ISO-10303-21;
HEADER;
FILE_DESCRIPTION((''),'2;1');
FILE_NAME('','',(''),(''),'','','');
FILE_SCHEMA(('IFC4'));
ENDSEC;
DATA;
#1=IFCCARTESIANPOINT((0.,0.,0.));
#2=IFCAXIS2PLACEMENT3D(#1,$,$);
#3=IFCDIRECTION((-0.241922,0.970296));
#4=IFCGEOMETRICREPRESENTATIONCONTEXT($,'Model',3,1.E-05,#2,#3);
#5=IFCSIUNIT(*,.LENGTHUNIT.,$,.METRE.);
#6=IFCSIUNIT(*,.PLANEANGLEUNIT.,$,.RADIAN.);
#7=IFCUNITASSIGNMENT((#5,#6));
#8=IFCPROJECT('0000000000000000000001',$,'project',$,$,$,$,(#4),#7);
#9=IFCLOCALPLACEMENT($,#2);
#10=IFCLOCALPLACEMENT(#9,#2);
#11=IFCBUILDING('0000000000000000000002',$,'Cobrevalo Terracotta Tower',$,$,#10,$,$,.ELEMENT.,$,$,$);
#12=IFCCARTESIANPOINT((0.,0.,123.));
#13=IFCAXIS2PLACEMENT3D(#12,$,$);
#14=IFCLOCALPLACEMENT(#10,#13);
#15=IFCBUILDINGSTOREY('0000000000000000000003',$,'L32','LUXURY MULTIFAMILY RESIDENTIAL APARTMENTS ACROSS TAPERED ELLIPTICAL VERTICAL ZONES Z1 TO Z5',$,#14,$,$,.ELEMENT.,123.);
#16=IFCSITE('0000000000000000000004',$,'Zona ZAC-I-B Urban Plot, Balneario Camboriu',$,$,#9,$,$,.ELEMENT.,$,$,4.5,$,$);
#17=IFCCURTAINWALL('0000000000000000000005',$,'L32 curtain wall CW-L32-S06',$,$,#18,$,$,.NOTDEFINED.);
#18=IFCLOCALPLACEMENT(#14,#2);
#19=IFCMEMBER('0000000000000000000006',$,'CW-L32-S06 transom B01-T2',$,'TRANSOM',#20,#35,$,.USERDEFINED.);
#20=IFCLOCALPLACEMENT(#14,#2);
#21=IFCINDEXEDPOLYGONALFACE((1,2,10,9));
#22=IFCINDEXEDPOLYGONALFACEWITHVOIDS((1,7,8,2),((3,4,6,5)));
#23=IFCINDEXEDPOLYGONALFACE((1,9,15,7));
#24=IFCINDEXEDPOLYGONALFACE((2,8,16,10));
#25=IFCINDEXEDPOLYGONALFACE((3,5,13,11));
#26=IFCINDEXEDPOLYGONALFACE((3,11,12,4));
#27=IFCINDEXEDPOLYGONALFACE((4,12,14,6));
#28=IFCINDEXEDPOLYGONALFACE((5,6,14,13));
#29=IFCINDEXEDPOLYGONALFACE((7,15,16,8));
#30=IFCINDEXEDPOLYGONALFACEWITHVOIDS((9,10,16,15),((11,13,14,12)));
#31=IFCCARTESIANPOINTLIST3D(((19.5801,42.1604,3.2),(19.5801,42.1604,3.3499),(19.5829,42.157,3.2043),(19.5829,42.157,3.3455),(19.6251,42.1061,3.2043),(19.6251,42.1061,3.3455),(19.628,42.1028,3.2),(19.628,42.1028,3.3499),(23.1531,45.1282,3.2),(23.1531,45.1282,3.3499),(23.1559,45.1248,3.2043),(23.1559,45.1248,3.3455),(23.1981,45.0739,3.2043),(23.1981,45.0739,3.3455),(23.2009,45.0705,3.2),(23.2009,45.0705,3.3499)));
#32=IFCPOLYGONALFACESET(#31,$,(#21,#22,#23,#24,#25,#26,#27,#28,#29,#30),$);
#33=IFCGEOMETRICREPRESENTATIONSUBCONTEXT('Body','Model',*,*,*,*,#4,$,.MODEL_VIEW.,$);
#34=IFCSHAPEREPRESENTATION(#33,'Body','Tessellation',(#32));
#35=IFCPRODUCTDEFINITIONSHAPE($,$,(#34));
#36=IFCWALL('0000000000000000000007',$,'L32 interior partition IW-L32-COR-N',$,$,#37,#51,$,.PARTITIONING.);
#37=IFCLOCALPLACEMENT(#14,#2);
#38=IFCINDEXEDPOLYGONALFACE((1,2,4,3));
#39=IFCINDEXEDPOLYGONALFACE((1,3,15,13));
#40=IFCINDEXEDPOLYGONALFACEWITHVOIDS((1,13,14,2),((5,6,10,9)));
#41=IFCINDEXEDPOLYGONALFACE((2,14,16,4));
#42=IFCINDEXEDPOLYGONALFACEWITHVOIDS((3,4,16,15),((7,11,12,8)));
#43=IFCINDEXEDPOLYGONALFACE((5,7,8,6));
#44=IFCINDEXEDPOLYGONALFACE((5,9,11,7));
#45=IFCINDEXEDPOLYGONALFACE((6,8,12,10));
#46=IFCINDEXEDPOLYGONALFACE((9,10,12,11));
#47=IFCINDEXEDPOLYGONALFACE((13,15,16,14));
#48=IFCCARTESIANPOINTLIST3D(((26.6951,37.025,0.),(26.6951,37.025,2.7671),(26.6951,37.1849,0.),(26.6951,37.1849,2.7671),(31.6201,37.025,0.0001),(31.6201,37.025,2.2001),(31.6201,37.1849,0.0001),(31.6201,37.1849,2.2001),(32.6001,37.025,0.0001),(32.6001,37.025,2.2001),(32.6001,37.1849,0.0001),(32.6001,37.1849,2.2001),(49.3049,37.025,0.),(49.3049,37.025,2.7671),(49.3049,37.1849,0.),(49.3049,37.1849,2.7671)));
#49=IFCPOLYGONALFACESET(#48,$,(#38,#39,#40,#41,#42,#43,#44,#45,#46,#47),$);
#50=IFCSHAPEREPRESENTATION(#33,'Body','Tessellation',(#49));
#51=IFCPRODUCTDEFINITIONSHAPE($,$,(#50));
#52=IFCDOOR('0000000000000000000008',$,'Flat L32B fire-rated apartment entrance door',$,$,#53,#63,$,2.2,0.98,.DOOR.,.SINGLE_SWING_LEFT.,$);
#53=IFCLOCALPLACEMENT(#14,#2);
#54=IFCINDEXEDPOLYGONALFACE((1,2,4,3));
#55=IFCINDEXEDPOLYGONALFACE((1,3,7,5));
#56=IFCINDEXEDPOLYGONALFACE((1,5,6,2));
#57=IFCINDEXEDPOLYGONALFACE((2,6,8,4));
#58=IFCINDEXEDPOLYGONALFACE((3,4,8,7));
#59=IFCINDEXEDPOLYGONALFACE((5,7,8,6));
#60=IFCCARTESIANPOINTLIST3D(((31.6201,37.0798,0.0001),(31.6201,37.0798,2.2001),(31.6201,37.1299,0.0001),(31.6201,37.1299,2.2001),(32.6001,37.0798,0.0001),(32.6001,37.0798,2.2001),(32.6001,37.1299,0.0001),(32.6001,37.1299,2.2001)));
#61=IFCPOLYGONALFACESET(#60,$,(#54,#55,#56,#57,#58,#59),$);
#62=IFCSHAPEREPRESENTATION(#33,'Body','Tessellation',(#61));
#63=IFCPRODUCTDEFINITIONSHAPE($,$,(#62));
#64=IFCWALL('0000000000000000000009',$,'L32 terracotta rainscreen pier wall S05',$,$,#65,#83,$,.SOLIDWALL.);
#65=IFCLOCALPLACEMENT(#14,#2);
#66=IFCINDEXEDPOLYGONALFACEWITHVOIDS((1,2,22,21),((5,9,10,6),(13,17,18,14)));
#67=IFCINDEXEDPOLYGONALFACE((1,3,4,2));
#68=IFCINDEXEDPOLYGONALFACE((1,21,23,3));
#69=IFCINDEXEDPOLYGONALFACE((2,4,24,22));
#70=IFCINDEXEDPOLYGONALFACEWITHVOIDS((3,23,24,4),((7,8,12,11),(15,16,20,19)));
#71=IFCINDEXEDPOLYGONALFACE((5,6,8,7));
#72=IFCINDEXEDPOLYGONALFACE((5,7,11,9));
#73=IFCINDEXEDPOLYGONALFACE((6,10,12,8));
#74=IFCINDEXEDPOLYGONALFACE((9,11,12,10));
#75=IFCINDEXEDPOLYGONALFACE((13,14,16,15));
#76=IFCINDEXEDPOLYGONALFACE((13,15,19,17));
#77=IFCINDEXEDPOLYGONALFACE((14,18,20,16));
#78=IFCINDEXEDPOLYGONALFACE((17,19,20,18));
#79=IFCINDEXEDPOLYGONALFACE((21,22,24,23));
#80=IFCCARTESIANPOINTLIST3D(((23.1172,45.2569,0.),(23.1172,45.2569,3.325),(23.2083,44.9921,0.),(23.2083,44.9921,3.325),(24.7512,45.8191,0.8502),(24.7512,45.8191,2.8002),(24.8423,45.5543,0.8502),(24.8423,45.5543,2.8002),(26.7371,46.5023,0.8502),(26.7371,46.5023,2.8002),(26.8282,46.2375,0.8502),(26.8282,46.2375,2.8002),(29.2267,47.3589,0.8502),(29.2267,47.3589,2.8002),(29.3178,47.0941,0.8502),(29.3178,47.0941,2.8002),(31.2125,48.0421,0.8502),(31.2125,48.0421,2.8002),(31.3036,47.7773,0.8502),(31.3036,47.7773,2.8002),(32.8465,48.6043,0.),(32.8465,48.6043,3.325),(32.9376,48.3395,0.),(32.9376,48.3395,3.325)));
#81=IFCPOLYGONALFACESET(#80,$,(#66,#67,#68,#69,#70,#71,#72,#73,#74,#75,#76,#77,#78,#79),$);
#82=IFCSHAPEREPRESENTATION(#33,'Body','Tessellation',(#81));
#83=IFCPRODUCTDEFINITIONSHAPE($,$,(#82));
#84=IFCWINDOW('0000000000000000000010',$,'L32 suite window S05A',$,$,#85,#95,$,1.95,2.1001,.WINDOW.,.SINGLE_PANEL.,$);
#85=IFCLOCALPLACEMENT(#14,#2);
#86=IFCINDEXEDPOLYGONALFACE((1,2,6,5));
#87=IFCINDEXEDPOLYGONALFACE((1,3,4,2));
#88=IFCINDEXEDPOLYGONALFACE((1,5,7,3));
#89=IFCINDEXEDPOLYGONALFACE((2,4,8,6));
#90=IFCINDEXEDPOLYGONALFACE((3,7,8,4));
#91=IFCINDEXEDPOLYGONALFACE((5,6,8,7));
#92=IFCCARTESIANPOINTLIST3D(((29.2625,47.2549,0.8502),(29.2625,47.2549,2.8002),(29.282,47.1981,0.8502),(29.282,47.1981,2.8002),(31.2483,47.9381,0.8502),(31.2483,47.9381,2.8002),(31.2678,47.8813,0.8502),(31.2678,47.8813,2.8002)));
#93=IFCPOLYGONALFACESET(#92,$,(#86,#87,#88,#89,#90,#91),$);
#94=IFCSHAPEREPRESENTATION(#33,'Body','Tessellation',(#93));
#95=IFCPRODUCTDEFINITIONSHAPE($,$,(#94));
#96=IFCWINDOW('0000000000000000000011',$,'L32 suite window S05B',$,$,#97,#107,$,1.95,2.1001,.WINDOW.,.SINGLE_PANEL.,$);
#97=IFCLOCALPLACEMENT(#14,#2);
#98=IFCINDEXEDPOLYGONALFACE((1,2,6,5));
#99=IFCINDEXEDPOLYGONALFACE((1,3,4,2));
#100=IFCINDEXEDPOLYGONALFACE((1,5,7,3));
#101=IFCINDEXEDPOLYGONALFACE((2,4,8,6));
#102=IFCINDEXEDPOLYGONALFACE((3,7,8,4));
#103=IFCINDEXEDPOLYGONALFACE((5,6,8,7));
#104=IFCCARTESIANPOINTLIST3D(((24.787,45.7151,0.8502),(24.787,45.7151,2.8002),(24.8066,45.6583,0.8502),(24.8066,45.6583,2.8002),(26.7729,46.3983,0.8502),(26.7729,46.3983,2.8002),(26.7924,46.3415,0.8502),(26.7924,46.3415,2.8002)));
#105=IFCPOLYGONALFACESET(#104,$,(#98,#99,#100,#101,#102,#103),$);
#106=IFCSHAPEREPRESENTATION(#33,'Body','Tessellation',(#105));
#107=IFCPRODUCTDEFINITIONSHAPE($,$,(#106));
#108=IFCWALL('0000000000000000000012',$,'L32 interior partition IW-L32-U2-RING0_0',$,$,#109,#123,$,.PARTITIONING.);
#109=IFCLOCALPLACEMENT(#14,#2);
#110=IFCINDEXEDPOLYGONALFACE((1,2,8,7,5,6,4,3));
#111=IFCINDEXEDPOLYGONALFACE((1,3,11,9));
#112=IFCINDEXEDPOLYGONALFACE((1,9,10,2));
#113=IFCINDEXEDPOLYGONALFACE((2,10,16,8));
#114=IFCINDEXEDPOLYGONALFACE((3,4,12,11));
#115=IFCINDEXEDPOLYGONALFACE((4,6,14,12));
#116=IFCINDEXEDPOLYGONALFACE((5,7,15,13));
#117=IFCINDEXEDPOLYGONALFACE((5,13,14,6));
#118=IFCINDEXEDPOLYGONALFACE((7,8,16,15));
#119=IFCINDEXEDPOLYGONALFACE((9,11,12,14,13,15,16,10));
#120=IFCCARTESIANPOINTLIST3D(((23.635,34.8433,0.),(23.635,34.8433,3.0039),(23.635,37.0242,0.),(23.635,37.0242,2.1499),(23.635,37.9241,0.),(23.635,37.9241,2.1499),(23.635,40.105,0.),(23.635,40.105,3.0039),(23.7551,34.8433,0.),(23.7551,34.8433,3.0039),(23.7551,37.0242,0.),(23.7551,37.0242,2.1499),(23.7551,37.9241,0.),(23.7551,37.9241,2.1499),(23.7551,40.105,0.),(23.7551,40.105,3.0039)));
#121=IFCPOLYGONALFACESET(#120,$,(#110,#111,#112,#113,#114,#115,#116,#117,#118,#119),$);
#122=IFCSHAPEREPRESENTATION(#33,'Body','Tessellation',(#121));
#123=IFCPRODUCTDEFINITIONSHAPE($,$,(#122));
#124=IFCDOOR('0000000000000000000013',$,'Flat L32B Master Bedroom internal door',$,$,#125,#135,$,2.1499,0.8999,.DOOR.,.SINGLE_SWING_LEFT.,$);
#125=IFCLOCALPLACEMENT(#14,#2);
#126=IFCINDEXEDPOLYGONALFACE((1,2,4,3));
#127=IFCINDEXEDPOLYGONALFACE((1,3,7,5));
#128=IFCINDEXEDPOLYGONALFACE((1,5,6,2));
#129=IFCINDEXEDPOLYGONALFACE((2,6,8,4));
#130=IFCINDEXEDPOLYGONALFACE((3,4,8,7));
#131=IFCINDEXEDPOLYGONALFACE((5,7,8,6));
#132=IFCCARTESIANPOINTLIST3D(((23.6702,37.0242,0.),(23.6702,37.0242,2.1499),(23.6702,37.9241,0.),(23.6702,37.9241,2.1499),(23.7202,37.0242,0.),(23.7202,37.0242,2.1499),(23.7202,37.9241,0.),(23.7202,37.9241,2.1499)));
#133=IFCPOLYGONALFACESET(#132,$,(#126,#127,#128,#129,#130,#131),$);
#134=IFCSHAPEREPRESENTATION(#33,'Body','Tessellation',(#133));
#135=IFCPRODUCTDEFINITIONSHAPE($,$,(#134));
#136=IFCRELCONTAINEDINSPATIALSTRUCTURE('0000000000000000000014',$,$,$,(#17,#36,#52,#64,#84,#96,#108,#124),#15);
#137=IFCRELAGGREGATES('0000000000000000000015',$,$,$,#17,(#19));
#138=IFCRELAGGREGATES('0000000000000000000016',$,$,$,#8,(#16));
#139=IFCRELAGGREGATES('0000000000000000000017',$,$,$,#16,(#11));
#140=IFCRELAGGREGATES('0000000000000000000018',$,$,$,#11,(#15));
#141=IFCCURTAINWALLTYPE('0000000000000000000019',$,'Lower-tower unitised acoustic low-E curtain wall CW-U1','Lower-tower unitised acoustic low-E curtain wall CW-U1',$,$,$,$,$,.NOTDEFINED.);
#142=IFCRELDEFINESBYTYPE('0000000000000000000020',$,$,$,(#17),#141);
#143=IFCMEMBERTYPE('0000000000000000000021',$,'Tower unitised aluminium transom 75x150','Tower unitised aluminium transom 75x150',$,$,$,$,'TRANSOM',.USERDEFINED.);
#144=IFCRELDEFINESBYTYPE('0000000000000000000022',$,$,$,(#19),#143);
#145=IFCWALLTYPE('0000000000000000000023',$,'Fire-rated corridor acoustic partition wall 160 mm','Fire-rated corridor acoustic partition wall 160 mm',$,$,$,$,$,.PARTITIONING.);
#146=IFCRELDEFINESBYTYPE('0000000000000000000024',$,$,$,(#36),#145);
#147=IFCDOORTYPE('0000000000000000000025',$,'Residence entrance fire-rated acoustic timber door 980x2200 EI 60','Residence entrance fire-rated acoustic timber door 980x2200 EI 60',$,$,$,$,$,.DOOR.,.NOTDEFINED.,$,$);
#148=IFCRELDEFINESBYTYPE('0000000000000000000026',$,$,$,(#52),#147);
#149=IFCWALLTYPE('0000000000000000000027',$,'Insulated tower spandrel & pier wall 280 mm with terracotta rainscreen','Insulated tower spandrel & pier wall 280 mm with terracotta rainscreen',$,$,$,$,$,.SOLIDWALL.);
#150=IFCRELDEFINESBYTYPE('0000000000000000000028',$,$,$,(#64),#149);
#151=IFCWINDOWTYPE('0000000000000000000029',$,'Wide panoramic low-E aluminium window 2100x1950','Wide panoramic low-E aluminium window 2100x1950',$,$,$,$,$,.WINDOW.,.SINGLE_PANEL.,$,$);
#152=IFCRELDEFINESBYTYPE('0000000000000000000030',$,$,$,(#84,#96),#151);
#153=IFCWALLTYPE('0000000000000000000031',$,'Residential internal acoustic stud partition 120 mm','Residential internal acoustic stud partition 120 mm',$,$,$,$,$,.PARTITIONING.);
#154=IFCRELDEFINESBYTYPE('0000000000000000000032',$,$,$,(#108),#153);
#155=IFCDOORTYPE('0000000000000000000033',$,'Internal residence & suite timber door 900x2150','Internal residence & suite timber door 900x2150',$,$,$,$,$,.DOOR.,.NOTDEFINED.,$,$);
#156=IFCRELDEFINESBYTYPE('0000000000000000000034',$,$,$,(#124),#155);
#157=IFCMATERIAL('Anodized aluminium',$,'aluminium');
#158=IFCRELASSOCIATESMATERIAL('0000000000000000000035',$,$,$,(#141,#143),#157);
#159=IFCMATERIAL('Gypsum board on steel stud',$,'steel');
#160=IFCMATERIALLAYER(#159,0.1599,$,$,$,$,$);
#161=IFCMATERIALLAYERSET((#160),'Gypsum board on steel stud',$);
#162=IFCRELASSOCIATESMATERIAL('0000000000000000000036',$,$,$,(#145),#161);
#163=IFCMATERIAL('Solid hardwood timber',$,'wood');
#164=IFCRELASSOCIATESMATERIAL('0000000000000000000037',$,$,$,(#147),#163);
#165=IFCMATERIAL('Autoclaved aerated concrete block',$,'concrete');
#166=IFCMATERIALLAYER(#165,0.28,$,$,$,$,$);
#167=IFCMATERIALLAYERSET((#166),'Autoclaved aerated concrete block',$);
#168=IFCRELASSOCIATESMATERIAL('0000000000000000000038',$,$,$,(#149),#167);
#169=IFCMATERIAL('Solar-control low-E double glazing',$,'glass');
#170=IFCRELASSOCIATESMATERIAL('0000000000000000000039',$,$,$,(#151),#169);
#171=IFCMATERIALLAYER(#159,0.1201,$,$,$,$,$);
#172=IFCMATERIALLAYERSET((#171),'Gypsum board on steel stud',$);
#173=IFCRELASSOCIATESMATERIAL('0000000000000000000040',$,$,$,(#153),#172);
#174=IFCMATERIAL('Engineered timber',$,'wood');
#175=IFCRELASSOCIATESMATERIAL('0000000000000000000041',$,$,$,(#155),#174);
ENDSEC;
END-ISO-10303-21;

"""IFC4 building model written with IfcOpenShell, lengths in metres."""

from ifc_helpers import new_model, si_unit, direction, frame, frame_2d, origin, origin_2d, place, context, subcontext, project, spatial, rectangle, hollow_rectangle, extrude, source, transform, mapped, material, layer, layer_set, material_profile, profile_set, type_object, element, fill, aggregate, save


model = new_model("IFC4")

# Units and contexts
model_context = context("Model", 3, precision=1e-05, world=origin(), true_north=direction((-0.241922, 0.970296)))
body_context = subcontext(model_context, "Body", "Model", "MODEL_VIEW")
ifc_project = project(units=[si_unit("LENGTHUNIT", "METRE"), si_unit("PLANEANGLEUNIT", "RADIAN")], contexts=[model_context])

# Site, building, storey
site_placement = place(None, origin())
site = spatial("IfcSite", under=ifc_project, at=site_placement, Name="Zona ZAC-I-B Urban Plot, Balneario Camboriu", CompositionType="ELEMENT", RefElevation=4.5)
building_placement = place(site_placement, origin())
building = spatial("IfcBuilding", under=site, at=building_placement, Name="Cobrevalo Terracotta Tower", CompositionType="ELEMENT")
storey_placement = place(building_placement, frame((0.0, 0.0, 123.0)))
storey = spatial("IfcBuildingStorey", under=building, at=storey_placement, Name="L32", Description="LUXURY MULTIFAMILY RESIDENTIAL APARTMENTS ACROSS TAPERED ELLIPTICAL VERTICAL ZONES Z1 TO Z5", CompositionType="ELEMENT", Elevation=123.0)

# Shared definitions
ifc_material_1 = material(Name="Anodized aluminium", Category="aluminium")
curtain_wall_type = type_object("IfcCurtainWallType", Name="Lower-tower unitised acoustic low-E curtain wall CW-U1", Description="Lower-tower unitised acoustic low-E curtain wall CW-U1", PredefinedType="NOTDEFINED", material=ifc_material_1)

# Curtain wall, member
curtain_wall_1_placement = place(storey_placement, origin())
curtain_wall_1 = element("IfcCurtainWall", 1, at=curtain_wall_1_placement, inside=storey, type_object=curtain_wall_type, Name="L32 curtain wall CW-L32-S06", PredefinedType="NOTDEFINED")
ifc_material_profile_1 = material_profile(ifc_material_1, hollow_rectangle(XDim=0.075, YDim=0.1499, WallThickness=0.0044, at=origin_2d()), Name="CWT 75x150")
ifc_profile_set_1 = profile_set([ifc_material_profile_1], Name="Anodized aluminium")
member_type_1 = type_object("IfcMemberType", Name="Tower unitised aluminium transom 75x150", Description="Tower unitised aluminium transom 75x150", ElementType="TRANSOM", PredefinedType="USERDEFINED", material=ifc_profile_set_1)
shared_shape_1 = source(origin(), body_context, "Body", "SweptSolid", [
    extrude(hollow_rectangle(XDim=0.075, YDim=0.1499, WallThickness=0.0044, at=origin_2d()), origin(), (0.0, 0.0, 1.0), 4.6448),
])
member_1_placement = place(storey_placement, frame((23.177, 45.0994, 3.2749), z_axis=(-0.76925, -0.638948, 0.0), x_axis=(0.638948, -0.76925, 0.0)))
member_1 = element("IfcMember", 2, at=member_1_placement, type_object=member_type_1, Name="CW-L32-S06 transom B01-T2", ObjectType="TRANSOM", PredefinedType="USERDEFINED", context=body_context, shape_type="MappedRepresentation", body=[
    mapped(shared_shape_1, transform((0.0, 0.0, 0.0), scale=1.0)),
])
aggregate(curtain_wall_1, [member_1])

# Wall, opening, door
ifc_material_2 = material(Name="Gypsum board on steel stud", Category="steel")
ifc_layer_1 = layer(ifc_material_2, 0.1599)
ifc_layer_set_1 = layer_set([ifc_layer_1], Name="Gypsum board on steel stud")
wall_type_1 = type_object("IfcWallType", Name="Fire-rated corridor acoustic partition wall 160 mm", Description="Fire-rated corridor acoustic partition wall 160 mm", PredefinedType="PARTITIONING", material=ifc_layer_set_1)
wall_1_placement = place(storey_placement, frame((26.6951, 37.105, 0.0), z_axis=(0.0, 0.0, 1.0), x_axis=(1.0, 0.0, 0.0)))
wall_1 = element("IfcWall", 3, at=wall_1_placement, inside=storey, type_object=wall_type_1, Name="L32 interior partition IW-L32-COR-N", PredefinedType="PARTITIONING", context=body_context, shape_type="SweptSolid", body=[
    extrude(rectangle(XDim=22.6099, YDim=0.1599, at=frame_2d((11.3049, 0.0))), origin(), (0.0, 0.0, 1.0), 2.7671),
])
opening_1_placement = place(wall_1_placement, frame((4.925, 0.0, 0.0)))
opening_1 = element("IfcOpeningElement", 4, at=opening_1_placement, cuts=wall_1, PredefinedType="OPENING", context=body_context, shape_type="SweptSolid", body=[
    extrude(rectangle(XDim=0.98, YDim=2.2, at=frame_2d((0.49, 1.1001))), frame((0.0, 0.0898, 0.0), z_axis=(0.0, -1.0, 0.0), x_axis=(1.0, 0.0, 0.0)), (0.0, 0.0, 1.0), 0.1799),
])
ifc_material_3 = material(Name="Solid hardwood timber", Category="wood")
door_type_1 = type_object("IfcDoorType", Name="Residence entrance fire-rated acoustic timber door 980x2200 EI 60", Description="Residence entrance fire-rated acoustic timber door 980x2200 EI 60", OperationType="NOTDEFINED", PredefinedType="DOOR", material=ifc_material_3)
shared_shape_2 = source(origin(), body_context, "Body", "SweptSolid", [
    extrude(rectangle(XDim=0.98, YDim=2.2, at=frame_2d((0.49, 1.1001))), frame((0.0, 0.0249, 0.0), z_axis=(0.0, -1.0, 0.0), x_axis=(1.0, 0.0, 0.0)), (0.0, 0.0, 1.0), 0.05),
])
door_1_placement = place(opening_1_placement, origin())
door_1 = element("IfcDoor", 5, at=door_1_placement, inside=storey, type_object=door_type_1, Name="Flat L32B fire-rated apartment entrance door", OperationType="SINGLE_SWING_LEFT", OverallHeight=2.2, OverallWidth=0.98, PredefinedType="DOOR", context=body_context, shape_type="MappedRepresentation", body=[
    mapped(shared_shape_2, transform((0.0, 0.0, 0.0), scale=1.0)),
])
fill(opening_1, door_1)

# Wall, openings, windows
ifc_material_4 = material(Name="Autoclaved aerated concrete block", Category="concrete")
ifc_layer_2 = layer(ifc_material_4, 0.28)
ifc_layer_set_2 = layer_set([ifc_layer_2], Name="Autoclaved aerated concrete block")
wall_type_2 = type_object("IfcWallType", Name="Insulated tower spandrel & pier wall 280 mm with terracotta rainscreen", Description="Insulated tower spandrel & pier wall 280 mm with terracotta rainscreen", PredefinedType="SOLIDWALL", material=ifc_layer_set_2)
wall_2_placement = place(storey_placement, frame((32.8921, 48.4719, 0.0), z_axis=(0.0, 0.0, 1.0), x_axis=(-0.945597, -0.325339, 0.0)))
wall_2 = element("IfcWall", 6, at=wall_2_placement, inside=storey, type_object=wall_type_2, Name="L32 terracotta rainscreen pier wall S05", PredefinedType="SOLIDWALL", context=body_context, shape_type="SweptSolid", body=[
    extrude(rectangle(XDim=10.2891, YDim=0.28, at=frame_2d((5.1445, 0.0))), origin(), (0.0, 0.0, 1.0), 3.325),
])
opening_2_placement = place(wall_2_placement, frame((1.728, 0.0, 0.8501)))
opening_2 = element("IfcOpeningElement", 7, at=opening_2_placement, cuts=wall_2, PredefinedType="OPENING", context=body_context, shape_type="SweptSolid", body=[
    extrude(rectangle(XDim=2.1001, YDim=1.95, at=frame_2d((1.05, 0.9751))), frame((0.0, 0.1499, 0.0), z_axis=(0.0, -1.0, 0.0), x_axis=(1.0, 0.0, 0.0)), (0.0, 0.0, 1.0), 0.3),
])
opening_3_placement = place(wall_2_placement, frame((6.4609, 0.0, 0.8501)))
opening_3 = element("IfcOpeningElement", 8, at=opening_3_placement, cuts=wall_2, PredefinedType="OPENING", context=body_context, shape_type="SweptSolid", body=[
    extrude(rectangle(XDim=2.1001, YDim=1.95, at=frame_2d((1.05, 0.9751))), frame((0.0, 0.1499, 0.0), z_axis=(0.0, -1.0, 0.0), x_axis=(1.0, 0.0, 0.0)), (0.0, 0.0, 1.0), 0.3),
])
ifc_material_5 = material(Name="Solar-control low-E double glazing", Category="glass")
window_type = type_object("IfcWindowType", Name="Wide panoramic low-E aluminium window 2100x1950", Description="Wide panoramic low-E aluminium window 2100x1950", PartitioningType="SINGLE_PANEL", PredefinedType="WINDOW", material=ifc_material_5)
shared_shape_3 = source(origin(), body_context, "Body", "SweptSolid", [
    extrude(rectangle(XDim=2.1001, YDim=1.95, at=frame_2d((1.05, 0.9751))), frame((0.0, 0.03, 0.0), z_axis=(0.0, -1.0, 0.0), x_axis=(1.0, 0.0, 0.0)), (0.0, 0.0, 1.0), 0.0601),
])
window_1_placement = place(opening_2_placement, origin())
window_1 = element("IfcWindow", 9, at=window_1_placement, inside=storey, type_object=window_type, Name="L32 suite window S05A", OverallHeight=1.95, OverallWidth=2.1001, PartitioningType="SINGLE_PANEL", PredefinedType="WINDOW", context=body_context, shape_type="MappedRepresentation", body=[
    mapped(shared_shape_3, transform((0.0, 0.0, 0.0), scale=1.0)),
])
fill(opening_2, window_1)
window_2_placement = place(opening_3_placement, origin())
window_2 = element("IfcWindow", 10, at=window_2_placement, inside=storey, type_object=window_type, Name="L32 suite window S05B", OverallHeight=1.95, OverallWidth=2.1001, PartitioningType="SINGLE_PANEL", PredefinedType="WINDOW", context=body_context, shape_type="MappedRepresentation", body=[
    mapped(shared_shape_3, transform((0.0, 0.0, 0.0), scale=1.0)),
])
fill(opening_3, window_2)

# Wall, opening, door
ifc_layer_3 = layer(ifc_material_2, 0.1201)
ifc_layer_set_3 = layer_set([ifc_layer_3], Name="Gypsum board on steel stud")
wall_type_3 = type_object("IfcWallType", Name="Residential internal acoustic stud partition 120 mm", Description="Residential internal acoustic stud partition 120 mm", PredefinedType="PARTITIONING", material=ifc_layer_set_3)
wall_3_placement = place(storey_placement, frame((23.6951, 34.8433, 0.0), z_axis=(0.0, 0.0, 1.0), x_axis=(0.0, 1.0, 0.0)))
wall_3 = element("IfcWall", 11, at=wall_3_placement, inside=storey, type_object=wall_type_3, Name="L32 interior partition IW-L32-U2-RING0_0", PredefinedType="PARTITIONING", context=body_context, shape_type="SweptSolid", body=[
    extrude(rectangle(XDim=5.2617, YDim=0.1201, at=frame_2d((2.6309, 0.0))), origin(), (0.0, 0.0, 1.0), 3.0039),
])
opening_4_placement = place(wall_3_placement, frame((2.1809, 0.0, 0.0)))
opening_4 = element("IfcOpeningElement", 12, at=opening_4_placement, cuts=wall_3, PredefinedType="OPENING", context=body_context, shape_type="SweptSolid", body=[
    extrude(rectangle(XDim=0.8999, YDim=2.1499, at=frame_2d((0.45, 1.075))), frame((0.0, 0.0701, 0.0), z_axis=(0.0, -1.0, 0.0), x_axis=(1.0, 0.0, 0.0)), (0.0, 0.0, 1.0), 0.1401),
])
ifc_material_6 = material(Name="Engineered timber", Category="wood")
door_type_2 = type_object("IfcDoorType", Name="Internal residence & suite timber door 900x2150", Description="Internal residence & suite timber door 900x2150", OperationType="NOTDEFINED", PredefinedType="DOOR", material=ifc_material_6)
shared_shape_4 = source(origin(), body_context, "Body", "SweptSolid", [
    extrude(rectangle(XDim=0.8999, YDim=2.1499, at=frame_2d((0.45, 1.075))), frame((0.0, 0.0249, 0.0), z_axis=(0.0, -1.0, 0.0), x_axis=(1.0, 0.0, 0.0)), (0.0, 0.0, 1.0), 0.05),
])
door_2_placement = place(opening_4_placement, origin())
door_2 = element("IfcDoor", 13, at=door_2_placement, inside=storey, type_object=door_type_2, Name="Flat L32B Master Bedroom internal door", OperationType="SINGLE_SWING_LEFT", OverallHeight=2.1499, OverallWidth=0.8999, PredefinedType="DOOR", context=body_context, shape_type="MappedRepresentation", body=[
    mapped(shared_shape_4, transform((0.0, 0.0, 0.0), scale=1.0)),
])
fill(opening_4, door_2)

save(model, "model.ifc")
